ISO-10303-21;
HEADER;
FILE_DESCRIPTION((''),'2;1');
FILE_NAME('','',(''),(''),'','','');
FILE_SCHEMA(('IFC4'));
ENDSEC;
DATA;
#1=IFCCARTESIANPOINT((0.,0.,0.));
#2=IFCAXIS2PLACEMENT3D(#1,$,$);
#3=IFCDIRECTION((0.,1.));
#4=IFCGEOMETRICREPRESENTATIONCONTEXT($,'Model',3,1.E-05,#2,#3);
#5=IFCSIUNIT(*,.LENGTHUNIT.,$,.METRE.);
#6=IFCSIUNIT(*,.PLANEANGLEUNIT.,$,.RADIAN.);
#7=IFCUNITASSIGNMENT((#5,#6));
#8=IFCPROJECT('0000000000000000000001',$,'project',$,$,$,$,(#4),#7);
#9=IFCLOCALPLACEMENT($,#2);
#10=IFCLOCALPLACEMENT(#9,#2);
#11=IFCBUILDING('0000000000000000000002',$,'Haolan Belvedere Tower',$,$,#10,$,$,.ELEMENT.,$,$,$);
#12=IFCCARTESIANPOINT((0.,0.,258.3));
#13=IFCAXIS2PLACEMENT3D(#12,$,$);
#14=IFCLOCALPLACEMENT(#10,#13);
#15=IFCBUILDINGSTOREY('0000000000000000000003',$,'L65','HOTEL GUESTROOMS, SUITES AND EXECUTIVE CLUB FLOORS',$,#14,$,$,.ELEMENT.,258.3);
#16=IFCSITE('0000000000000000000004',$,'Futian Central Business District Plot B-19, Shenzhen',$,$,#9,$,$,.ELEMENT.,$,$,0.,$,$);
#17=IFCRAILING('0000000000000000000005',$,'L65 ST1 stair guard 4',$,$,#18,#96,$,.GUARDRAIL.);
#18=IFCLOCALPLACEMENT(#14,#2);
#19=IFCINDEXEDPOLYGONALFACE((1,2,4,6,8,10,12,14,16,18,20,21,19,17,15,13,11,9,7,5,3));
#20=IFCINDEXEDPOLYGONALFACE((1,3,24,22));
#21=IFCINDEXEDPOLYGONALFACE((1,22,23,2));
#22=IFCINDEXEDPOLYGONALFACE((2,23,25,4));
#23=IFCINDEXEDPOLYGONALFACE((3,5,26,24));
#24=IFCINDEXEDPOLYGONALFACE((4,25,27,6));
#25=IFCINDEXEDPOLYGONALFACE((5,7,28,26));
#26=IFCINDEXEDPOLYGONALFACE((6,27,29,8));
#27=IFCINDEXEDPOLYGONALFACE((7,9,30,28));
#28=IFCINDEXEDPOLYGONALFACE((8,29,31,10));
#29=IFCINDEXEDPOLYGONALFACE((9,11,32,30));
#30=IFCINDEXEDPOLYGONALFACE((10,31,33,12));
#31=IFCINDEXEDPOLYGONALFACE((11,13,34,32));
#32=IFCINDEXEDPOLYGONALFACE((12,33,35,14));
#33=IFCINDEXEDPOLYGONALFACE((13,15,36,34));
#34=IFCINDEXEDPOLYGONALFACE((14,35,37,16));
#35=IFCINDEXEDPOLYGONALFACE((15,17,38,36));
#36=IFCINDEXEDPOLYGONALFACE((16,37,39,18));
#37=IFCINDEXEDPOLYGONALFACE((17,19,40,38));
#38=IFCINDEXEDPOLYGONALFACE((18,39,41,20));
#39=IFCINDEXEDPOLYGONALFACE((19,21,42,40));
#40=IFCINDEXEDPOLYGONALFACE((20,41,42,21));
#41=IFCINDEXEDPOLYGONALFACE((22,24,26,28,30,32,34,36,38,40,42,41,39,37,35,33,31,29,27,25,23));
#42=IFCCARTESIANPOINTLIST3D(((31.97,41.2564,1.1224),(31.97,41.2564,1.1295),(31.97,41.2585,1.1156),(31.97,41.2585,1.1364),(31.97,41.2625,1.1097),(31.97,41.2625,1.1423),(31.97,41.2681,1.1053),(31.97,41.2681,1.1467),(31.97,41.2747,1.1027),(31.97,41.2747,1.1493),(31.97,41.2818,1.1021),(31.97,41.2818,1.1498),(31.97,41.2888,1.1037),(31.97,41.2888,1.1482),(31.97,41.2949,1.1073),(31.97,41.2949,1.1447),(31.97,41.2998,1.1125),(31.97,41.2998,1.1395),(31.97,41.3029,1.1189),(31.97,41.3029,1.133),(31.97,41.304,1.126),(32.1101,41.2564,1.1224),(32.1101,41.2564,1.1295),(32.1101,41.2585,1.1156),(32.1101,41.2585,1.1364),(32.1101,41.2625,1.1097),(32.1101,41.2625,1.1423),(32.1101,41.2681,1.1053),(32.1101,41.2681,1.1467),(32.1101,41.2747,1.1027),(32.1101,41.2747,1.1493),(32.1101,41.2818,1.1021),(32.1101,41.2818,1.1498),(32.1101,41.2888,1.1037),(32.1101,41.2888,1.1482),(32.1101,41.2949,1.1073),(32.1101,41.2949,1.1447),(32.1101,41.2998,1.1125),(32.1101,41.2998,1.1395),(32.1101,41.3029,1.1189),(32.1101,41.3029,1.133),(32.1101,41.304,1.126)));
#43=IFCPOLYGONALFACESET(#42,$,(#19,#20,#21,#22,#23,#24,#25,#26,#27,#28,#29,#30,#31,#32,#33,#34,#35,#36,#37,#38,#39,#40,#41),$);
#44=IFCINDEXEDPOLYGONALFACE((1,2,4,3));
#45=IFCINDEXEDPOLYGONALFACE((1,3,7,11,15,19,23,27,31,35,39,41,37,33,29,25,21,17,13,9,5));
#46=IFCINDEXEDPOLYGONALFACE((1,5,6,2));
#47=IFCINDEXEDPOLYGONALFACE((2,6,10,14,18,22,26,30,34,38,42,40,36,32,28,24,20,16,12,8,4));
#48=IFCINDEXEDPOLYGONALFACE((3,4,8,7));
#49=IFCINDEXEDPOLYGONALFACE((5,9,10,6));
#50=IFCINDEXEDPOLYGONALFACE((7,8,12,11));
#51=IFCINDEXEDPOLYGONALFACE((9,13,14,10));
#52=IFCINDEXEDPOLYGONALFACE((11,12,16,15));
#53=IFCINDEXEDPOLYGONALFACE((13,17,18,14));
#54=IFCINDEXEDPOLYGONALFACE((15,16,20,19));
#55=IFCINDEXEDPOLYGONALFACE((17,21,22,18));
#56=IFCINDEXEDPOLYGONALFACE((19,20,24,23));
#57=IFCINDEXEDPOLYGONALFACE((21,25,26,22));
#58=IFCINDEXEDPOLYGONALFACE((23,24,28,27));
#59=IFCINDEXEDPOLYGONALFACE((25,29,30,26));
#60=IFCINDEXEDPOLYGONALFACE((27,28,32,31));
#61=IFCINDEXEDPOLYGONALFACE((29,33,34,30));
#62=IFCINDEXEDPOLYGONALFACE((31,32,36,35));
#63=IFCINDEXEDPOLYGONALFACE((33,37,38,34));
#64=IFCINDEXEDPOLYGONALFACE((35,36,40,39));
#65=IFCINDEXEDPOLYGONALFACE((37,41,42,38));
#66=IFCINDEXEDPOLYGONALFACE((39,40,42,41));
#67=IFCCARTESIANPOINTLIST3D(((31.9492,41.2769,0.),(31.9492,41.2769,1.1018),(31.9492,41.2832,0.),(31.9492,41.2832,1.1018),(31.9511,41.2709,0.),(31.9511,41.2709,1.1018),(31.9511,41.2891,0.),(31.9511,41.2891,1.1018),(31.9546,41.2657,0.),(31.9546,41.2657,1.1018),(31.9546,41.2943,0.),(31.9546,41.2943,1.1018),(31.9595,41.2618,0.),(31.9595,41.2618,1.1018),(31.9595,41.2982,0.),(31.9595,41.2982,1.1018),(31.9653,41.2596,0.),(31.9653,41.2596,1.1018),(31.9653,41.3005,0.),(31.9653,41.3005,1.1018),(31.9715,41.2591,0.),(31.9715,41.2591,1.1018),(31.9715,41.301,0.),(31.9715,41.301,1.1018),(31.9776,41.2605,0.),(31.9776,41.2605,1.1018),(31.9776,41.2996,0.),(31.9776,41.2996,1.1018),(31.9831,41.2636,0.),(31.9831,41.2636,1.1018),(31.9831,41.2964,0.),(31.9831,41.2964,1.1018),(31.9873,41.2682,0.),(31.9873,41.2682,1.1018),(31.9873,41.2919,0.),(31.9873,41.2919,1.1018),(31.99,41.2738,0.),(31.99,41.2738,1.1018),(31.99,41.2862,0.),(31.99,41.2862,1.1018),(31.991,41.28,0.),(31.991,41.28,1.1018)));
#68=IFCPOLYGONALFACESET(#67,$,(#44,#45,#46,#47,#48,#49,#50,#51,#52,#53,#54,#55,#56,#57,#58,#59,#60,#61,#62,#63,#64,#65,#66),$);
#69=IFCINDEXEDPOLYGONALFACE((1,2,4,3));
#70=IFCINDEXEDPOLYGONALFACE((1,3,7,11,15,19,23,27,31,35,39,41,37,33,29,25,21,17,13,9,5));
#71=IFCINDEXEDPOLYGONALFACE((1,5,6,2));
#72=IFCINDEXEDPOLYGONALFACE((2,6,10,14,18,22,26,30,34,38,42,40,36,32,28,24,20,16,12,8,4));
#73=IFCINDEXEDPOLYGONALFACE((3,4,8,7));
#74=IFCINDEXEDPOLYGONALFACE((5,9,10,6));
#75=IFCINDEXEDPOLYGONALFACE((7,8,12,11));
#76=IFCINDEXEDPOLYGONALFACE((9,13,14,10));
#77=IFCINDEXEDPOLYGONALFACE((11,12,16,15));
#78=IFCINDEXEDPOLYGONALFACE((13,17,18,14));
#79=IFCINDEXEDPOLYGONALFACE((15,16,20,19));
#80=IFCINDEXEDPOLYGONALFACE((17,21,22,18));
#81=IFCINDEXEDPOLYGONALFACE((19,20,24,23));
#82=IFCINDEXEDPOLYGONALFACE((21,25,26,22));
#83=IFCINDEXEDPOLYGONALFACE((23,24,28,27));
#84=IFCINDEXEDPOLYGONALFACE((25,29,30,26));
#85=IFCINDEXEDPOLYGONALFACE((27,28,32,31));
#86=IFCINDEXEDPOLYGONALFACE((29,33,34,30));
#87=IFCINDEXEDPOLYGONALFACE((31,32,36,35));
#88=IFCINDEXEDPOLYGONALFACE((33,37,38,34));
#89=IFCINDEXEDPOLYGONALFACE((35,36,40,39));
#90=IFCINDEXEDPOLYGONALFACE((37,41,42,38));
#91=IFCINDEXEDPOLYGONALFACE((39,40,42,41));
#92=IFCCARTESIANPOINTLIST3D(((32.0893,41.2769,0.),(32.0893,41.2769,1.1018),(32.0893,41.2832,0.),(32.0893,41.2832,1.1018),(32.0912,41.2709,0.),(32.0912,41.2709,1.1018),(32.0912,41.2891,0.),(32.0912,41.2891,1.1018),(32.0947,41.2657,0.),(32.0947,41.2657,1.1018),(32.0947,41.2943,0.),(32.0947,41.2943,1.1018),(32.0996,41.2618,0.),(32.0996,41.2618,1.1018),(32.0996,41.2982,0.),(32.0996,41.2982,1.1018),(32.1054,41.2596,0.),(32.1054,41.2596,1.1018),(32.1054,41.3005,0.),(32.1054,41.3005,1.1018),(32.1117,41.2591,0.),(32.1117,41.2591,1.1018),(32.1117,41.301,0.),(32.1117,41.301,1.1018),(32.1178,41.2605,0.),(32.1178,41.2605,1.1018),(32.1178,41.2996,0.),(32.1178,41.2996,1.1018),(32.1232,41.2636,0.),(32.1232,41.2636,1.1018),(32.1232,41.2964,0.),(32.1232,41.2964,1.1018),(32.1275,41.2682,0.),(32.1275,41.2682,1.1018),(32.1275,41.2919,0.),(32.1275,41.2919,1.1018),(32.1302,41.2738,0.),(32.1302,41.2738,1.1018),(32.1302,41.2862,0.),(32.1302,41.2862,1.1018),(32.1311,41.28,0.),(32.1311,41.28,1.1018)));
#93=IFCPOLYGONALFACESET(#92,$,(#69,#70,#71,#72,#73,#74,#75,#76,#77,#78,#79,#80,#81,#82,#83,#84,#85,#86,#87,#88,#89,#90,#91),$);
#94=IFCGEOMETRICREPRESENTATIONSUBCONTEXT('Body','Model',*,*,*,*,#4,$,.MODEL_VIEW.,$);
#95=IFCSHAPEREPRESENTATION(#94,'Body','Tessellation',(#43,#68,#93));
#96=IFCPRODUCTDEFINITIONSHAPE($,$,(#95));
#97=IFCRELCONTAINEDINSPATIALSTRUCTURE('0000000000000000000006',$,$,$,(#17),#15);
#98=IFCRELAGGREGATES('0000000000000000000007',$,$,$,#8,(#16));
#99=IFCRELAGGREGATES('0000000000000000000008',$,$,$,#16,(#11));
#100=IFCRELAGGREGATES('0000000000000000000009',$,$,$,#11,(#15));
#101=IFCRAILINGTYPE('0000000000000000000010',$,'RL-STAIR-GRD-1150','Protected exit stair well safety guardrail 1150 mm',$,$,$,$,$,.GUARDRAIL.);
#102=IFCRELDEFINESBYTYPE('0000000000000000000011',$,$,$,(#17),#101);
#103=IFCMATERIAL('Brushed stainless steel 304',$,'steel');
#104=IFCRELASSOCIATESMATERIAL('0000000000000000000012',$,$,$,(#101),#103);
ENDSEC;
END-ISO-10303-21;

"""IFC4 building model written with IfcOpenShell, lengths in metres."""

from ifc_helpers import new_model, si_unit, direction, frame, origin, origin_2d, place, context, subcontext, project, spatial, circle, extrude, material, type_object, element, save


model = new_model("IFC4")

# Units and contexts
model_context = context("Model", 3, precision=1e-05, world=origin(), true_north=direction((0.0, 1.0)))
body_context = subcontext(model_context, "Body", "Model", "MODEL_VIEW")
ifc_project = project(units=[si_unit("LENGTHUNIT", "METRE"), si_unit("PLANEANGLEUNIT", "RADIAN")], contexts=[model_context])

# Site, building, storey
site_placement = place(None, origin())
site = spatial("IfcSite", under=ifc_project, at=site_placement, Name="Futian Central Business District Plot B-19, Shenzhen", CompositionType="ELEMENT", RefElevation=0.0)
building_placement = place(site_placement, origin())
building = spatial("IfcBuilding", under=site, at=building_placement, Name="Haolan Belvedere Tower", CompositionType="ELEMENT")
storey_placement = place(building_placement, frame((0.0, 0.0, 258.3)))
storey = spatial("IfcBuildingStorey", under=building, at=storey_placement, Name="L65", Description="HOTEL GUESTROOMS, SUITES AND EXECUTIVE CLUB FLOORS", CompositionType="ELEMENT", Elevation=258.3)

# Railing
ifc_material_1 = material(Name="Brushed stainless steel 304", Category="steel")
railing_type_1 = type_object("IfcRailingType", Name="RL-STAIR-GRD-1150", Description="Protected exit stair well safety guardrail 1150 mm", PredefinedType="GUARDRAIL", material=ifc_material_1)
railing_1_placement = place(storey_placement, frame((31.97, 41.28, 0.0)))
element("IfcRailing", 1, at=railing_1_placement, inside=storey, type_object=railing_type_1, Name="L65 ST1 stair guard 4", PredefinedType="GUARDRAIL", context=body_context, shape_type="SweptSolid", body=[
    extrude(circle(Radius=0.0239, at=origin_2d()), frame((0.0, 0.0, 1.126), z_axis=(1.0, 0.0, 0.0), x_axis=(0.0, 1.0, 0.0)), (0.0, 0.0, 1.0), 0.1401),
    extrude(circle(Radius=0.021, at=origin_2d()), origin(), (0.0, 0.0, 1.0), 1.1018),
    extrude(circle(Radius=0.021, at=origin_2d()), frame((0.1401, 0.0, 0.0)), (0.0, 0.0, 1.0), 1.1018),
])

save(model, "model.ifc")
